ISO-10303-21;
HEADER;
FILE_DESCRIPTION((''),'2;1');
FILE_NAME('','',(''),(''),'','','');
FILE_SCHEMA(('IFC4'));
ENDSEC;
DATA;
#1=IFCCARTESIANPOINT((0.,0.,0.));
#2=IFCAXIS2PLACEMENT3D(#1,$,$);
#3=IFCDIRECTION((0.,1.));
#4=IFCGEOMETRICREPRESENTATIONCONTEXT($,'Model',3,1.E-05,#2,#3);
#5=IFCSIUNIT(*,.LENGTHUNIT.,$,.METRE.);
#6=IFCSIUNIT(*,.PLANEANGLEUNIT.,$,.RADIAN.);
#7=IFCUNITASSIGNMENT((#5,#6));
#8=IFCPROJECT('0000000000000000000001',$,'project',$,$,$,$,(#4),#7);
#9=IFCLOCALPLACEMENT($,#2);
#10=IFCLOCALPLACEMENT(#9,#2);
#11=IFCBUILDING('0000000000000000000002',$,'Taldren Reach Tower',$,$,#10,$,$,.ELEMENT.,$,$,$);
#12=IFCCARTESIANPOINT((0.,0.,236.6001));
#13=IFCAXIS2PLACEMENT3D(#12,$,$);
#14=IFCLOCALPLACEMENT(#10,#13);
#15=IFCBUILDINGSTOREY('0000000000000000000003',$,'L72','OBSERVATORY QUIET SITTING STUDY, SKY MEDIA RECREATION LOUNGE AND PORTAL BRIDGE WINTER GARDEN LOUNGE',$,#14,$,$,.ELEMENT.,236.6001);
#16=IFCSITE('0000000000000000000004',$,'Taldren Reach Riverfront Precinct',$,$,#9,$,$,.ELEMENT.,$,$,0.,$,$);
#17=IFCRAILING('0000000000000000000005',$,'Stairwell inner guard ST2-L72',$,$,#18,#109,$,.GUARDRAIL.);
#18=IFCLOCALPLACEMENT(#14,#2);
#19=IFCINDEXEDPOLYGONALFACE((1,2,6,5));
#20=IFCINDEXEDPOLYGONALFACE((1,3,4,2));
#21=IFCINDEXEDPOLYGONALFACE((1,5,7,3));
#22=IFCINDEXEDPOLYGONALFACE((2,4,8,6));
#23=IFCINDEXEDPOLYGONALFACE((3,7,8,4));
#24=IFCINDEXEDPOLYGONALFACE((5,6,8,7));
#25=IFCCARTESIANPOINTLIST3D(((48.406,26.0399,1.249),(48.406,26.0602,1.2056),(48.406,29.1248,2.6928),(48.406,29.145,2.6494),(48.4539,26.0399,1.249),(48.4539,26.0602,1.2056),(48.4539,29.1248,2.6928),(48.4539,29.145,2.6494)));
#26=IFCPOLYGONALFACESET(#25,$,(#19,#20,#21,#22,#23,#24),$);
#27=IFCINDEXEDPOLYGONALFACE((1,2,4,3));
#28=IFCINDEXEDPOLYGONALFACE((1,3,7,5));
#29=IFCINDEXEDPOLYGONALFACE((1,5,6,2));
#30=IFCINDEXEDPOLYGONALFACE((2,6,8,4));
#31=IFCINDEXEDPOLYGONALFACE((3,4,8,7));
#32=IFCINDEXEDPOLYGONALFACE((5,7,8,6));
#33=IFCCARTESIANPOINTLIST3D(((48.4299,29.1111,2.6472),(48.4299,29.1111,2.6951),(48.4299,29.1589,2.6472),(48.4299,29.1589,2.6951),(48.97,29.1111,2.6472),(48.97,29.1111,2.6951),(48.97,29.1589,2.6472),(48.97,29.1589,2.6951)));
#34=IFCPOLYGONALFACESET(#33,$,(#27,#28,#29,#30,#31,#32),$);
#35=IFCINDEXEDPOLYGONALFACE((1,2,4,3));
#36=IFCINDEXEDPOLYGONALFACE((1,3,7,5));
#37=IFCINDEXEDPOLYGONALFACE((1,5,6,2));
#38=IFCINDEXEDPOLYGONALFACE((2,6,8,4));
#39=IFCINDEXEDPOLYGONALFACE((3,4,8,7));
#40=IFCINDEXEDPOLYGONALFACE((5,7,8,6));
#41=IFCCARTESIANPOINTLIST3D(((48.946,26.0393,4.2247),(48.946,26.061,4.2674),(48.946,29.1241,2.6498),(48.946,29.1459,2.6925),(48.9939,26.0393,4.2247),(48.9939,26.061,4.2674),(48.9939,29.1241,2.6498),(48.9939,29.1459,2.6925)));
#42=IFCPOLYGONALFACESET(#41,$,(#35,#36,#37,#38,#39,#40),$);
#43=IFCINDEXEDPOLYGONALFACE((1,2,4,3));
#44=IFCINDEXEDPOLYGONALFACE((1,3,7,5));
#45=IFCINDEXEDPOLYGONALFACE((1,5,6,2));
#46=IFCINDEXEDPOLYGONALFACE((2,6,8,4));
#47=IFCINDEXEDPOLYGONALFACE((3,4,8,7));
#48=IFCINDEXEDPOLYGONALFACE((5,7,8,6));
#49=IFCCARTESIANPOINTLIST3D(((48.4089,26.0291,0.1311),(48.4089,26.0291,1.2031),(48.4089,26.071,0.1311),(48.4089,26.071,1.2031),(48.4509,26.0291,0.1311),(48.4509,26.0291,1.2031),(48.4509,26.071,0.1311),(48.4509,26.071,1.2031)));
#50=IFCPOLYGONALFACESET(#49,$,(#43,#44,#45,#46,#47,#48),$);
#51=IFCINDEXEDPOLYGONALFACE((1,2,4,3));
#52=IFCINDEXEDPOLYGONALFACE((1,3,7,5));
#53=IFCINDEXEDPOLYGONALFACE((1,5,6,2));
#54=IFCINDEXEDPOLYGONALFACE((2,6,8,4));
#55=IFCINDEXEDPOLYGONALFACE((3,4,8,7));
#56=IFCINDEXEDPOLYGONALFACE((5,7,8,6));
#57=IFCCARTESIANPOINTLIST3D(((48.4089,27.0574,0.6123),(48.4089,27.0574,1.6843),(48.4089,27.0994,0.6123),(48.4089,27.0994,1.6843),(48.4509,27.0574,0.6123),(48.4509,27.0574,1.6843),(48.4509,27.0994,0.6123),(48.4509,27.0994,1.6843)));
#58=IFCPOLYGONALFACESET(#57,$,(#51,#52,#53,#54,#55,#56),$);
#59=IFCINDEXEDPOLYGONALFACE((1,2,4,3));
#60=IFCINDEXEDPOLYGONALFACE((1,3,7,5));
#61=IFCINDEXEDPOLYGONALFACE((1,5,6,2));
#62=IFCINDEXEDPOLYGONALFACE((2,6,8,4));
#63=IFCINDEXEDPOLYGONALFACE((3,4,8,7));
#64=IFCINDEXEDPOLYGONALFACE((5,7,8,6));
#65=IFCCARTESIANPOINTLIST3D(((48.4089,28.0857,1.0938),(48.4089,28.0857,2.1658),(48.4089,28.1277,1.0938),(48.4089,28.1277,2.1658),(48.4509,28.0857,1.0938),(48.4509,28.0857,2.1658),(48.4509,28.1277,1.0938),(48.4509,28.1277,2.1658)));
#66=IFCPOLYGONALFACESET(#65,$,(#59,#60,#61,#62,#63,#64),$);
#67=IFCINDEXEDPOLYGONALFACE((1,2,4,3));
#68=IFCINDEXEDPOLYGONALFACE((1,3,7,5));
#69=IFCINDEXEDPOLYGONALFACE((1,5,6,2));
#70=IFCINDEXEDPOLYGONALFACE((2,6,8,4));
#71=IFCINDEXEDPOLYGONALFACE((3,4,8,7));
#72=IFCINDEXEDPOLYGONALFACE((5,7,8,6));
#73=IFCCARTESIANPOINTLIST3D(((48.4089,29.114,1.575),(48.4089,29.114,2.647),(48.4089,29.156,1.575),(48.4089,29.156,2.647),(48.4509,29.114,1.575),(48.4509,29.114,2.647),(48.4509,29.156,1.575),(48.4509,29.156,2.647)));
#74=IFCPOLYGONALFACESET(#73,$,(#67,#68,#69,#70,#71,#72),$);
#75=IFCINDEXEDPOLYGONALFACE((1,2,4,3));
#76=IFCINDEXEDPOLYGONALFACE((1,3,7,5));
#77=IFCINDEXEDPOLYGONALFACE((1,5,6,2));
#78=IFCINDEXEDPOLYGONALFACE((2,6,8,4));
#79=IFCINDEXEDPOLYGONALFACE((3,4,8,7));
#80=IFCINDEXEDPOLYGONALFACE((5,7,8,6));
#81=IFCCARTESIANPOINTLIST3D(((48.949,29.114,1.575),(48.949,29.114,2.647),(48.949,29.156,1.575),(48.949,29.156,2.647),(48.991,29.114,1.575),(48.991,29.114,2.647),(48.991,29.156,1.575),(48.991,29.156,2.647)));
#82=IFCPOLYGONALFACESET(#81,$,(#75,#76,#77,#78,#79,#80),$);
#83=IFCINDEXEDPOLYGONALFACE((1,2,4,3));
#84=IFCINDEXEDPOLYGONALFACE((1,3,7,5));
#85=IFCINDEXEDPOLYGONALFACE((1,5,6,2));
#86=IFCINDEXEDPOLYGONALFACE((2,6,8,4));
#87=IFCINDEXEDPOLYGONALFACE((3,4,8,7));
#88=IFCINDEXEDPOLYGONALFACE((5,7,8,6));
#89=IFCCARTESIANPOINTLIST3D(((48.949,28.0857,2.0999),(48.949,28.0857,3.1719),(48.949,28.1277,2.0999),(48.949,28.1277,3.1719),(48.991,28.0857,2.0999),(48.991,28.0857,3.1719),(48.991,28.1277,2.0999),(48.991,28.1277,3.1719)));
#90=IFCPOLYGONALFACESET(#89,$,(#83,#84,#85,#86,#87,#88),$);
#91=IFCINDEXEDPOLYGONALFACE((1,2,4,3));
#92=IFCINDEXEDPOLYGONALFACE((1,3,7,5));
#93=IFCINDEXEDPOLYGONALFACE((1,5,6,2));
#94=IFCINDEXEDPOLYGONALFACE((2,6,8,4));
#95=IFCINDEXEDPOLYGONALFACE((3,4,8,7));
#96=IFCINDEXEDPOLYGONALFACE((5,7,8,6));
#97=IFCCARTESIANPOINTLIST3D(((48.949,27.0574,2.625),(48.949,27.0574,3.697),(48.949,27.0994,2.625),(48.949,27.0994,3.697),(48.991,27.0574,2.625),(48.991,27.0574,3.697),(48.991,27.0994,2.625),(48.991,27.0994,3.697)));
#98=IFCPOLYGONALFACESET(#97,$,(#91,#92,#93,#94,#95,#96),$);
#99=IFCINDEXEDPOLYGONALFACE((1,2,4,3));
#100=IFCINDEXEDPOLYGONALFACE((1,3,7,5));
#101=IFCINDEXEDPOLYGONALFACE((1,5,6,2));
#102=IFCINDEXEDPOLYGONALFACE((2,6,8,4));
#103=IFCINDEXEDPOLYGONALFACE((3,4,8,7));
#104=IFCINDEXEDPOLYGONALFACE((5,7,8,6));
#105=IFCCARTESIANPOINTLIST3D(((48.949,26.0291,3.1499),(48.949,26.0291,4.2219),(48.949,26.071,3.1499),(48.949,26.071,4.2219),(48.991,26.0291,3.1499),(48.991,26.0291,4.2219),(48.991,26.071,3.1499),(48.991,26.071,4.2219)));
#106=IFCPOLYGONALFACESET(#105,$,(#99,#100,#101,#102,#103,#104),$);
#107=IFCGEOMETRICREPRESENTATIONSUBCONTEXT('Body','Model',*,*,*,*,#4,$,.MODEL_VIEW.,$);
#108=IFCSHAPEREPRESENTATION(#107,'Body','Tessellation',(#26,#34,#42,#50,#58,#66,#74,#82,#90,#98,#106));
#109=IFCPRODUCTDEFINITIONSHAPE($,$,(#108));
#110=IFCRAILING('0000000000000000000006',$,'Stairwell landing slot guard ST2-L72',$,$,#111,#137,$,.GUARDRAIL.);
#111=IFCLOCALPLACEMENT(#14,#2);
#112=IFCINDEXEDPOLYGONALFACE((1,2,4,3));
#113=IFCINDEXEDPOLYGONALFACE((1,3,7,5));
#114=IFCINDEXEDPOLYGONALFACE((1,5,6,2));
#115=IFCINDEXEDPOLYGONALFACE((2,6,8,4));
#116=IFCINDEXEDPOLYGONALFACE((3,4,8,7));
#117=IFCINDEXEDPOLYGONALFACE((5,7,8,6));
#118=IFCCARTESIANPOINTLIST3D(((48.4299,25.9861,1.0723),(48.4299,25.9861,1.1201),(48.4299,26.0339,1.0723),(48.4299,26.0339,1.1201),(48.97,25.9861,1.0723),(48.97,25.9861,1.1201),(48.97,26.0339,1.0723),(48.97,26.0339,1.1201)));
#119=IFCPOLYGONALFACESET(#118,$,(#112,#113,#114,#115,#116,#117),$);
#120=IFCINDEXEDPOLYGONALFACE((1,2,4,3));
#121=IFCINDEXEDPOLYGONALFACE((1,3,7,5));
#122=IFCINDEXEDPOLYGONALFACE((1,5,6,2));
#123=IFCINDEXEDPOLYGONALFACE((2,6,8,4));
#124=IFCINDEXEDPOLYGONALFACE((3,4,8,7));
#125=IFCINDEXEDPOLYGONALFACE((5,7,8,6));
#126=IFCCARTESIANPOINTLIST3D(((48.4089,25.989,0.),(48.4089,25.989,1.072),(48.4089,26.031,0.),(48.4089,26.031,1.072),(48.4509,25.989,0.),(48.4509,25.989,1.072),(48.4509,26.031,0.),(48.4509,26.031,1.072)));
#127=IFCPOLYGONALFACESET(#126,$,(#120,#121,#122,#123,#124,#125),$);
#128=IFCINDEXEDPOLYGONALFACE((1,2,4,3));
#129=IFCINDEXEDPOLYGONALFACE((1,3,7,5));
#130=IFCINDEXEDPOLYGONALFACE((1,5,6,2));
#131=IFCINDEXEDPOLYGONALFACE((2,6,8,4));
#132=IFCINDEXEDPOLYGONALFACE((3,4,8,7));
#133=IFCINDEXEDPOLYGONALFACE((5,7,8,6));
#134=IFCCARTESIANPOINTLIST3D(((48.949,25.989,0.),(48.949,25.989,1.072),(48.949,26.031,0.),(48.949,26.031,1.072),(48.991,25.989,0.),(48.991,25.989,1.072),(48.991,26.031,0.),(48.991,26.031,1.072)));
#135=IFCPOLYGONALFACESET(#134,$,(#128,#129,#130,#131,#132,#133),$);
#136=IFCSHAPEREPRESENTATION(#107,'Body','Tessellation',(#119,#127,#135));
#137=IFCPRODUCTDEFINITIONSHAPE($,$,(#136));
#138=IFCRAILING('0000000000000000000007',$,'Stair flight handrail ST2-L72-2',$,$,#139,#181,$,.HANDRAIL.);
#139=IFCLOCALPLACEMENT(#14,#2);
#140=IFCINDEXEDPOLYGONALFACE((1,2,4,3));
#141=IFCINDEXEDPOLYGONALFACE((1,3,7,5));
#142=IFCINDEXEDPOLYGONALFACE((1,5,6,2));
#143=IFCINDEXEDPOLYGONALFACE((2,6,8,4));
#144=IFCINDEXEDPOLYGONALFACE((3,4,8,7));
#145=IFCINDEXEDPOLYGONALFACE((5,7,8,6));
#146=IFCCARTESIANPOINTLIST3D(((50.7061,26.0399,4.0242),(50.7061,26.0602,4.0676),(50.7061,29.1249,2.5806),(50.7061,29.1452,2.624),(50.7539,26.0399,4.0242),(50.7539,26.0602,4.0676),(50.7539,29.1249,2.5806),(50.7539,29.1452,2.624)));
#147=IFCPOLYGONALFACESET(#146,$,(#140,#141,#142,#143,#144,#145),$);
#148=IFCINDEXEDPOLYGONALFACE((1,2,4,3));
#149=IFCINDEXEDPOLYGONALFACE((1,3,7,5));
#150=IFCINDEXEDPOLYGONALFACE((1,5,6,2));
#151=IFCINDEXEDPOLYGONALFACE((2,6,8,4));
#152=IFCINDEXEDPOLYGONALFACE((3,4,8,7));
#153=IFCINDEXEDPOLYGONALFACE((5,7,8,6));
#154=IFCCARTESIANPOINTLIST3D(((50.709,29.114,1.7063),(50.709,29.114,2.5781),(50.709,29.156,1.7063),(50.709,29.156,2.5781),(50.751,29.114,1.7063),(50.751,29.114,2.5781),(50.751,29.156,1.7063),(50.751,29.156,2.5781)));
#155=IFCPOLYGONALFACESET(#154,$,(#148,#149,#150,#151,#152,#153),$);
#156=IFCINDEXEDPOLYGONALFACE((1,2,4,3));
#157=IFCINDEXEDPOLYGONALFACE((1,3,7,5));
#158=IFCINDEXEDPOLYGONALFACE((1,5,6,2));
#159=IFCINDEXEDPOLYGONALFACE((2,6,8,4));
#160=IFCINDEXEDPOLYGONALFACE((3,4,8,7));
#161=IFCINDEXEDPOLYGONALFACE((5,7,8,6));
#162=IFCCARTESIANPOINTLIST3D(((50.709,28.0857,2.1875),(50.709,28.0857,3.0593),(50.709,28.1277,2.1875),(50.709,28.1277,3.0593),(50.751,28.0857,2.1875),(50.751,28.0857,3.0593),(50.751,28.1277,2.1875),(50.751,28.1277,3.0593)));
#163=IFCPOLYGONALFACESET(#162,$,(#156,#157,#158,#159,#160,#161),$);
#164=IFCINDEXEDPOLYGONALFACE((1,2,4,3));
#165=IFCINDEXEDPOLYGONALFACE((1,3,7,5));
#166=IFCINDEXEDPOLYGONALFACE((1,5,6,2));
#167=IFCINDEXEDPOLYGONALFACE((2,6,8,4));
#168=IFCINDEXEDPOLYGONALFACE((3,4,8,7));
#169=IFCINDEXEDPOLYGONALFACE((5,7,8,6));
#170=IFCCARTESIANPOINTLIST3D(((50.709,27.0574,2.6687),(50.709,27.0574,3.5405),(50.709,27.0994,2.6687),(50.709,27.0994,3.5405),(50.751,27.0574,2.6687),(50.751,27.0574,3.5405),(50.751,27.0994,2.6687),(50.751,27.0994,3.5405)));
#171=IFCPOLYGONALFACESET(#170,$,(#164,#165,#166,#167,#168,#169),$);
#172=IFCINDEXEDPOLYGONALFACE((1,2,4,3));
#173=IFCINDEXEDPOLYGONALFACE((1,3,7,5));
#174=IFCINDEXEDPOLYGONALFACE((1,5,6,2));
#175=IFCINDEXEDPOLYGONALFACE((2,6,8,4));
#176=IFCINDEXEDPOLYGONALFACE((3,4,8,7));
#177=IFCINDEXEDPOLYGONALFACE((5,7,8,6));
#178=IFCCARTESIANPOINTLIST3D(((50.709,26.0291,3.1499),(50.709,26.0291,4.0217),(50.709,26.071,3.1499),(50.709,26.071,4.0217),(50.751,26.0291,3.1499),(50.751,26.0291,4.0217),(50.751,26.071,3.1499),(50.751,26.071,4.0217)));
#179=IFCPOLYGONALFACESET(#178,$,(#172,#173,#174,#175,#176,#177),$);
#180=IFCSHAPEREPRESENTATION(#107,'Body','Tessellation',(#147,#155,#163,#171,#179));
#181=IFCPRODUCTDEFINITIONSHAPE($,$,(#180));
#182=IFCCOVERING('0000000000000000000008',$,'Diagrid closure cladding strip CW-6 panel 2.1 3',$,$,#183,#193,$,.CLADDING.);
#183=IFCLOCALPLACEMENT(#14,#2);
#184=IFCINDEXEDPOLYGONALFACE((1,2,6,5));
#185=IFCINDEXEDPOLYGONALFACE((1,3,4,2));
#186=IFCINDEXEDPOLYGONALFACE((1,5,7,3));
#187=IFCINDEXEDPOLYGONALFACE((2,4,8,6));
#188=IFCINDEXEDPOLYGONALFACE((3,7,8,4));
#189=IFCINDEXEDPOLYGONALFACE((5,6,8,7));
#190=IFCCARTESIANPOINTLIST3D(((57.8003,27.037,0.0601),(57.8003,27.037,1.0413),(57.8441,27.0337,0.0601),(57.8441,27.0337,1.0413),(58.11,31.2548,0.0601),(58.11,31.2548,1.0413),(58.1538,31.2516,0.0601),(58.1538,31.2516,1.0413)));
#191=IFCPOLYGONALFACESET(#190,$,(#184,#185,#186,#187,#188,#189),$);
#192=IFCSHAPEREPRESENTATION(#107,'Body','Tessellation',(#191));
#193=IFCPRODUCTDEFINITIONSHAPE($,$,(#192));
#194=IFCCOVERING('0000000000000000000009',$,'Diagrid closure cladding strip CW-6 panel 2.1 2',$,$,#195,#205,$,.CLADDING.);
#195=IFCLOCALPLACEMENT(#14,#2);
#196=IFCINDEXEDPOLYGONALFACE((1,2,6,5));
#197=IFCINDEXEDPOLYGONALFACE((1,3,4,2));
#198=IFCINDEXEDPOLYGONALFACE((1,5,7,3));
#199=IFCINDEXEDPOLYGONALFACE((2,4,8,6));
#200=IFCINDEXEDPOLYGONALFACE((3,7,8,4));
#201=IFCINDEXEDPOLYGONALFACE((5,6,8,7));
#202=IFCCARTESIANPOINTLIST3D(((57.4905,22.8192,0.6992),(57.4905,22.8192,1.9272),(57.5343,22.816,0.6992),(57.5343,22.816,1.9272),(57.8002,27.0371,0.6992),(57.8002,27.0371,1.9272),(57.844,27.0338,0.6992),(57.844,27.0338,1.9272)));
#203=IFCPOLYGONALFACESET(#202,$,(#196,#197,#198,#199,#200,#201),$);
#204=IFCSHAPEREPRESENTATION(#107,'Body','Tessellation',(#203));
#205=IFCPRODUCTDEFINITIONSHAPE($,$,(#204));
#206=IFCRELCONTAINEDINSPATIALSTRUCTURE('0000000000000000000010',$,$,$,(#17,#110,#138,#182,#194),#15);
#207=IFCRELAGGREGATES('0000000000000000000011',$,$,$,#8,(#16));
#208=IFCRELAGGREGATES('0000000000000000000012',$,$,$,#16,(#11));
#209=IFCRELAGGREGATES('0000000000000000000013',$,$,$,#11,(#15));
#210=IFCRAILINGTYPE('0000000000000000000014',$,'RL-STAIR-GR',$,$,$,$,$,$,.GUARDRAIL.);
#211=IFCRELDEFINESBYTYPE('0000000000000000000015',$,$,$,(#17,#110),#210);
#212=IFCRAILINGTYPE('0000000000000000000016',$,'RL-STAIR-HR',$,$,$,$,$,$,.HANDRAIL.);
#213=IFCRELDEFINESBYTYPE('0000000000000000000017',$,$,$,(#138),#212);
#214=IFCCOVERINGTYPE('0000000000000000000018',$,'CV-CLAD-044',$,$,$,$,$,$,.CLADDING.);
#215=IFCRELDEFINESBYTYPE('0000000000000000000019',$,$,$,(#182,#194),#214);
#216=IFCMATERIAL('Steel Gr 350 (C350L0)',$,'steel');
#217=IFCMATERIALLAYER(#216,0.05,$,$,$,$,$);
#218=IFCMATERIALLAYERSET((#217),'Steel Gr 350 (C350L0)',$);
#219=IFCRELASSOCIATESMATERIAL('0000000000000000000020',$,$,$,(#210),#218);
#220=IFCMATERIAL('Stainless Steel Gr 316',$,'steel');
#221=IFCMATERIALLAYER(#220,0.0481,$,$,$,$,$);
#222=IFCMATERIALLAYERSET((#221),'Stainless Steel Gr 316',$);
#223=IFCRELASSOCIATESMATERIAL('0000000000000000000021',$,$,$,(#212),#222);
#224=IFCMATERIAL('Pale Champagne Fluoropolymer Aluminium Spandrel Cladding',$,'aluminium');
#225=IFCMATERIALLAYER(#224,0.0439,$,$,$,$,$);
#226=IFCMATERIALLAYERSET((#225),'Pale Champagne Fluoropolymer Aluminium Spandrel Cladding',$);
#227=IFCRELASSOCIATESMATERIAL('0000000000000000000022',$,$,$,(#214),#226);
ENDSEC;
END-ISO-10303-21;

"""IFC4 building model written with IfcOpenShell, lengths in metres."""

from ifc_helpers import new_model, si_unit, direction, frame, origin, origin_2d, place, context, subcontext, project, spatial, rectangle, extrude, source, transform, mapped, material, layer, layer_set, type_object, element, save


model = new_model("IFC4")

# Units and contexts
model_context = context("Model", 3, precision=1e-05, world=origin(), true_north=direction((0.0, 1.0)))
body_context = subcontext(model_context, "Body", "Model", "MODEL_VIEW")
ifc_project = project(units=[si_unit("LENGTHUNIT", "METRE"), si_unit("PLANEANGLEUNIT", "RADIAN")], contexts=[model_context])

# Site, building, storey
site_placement = place(None, origin())
site = spatial("IfcSite", under=ifc_project, at=site_placement, Name="Taldren Reach Riverfront Precinct", CompositionType="ELEMENT", RefElevation=0.0)
building_placement = place(site_placement, origin())
building = spatial("IfcBuilding", under=site, at=building_placement, Name="Taldren Reach Tower", CompositionType="ELEMENT")
storey_placement = place(building_placement, frame((0.0, 0.0, 236.6001)))
storey = spatial("IfcBuildingStorey", under=building, at=storey_placement, Name="L72", Description="OBSERVATORY QUIET SITTING STUDY, SKY MEDIA RECREATION LOUNGE AND PORTAL BRIDGE WINTER GARDEN LOUNGE", CompositionType="ELEMENT", Elevation=236.6001)

# Shared definitions
ifc_material_1 = material(Name="Steel Gr 350 (C350L0)", Category="steel")

# Railings
ifc_layer_1 = layer(ifc_material_1, 0.05)
ifc_layer_set_1 = layer_set([ifc_layer_1], Name="Steel Gr 350 (C350L0)")
railing_type_1 = type_object("IfcRailingType", Name="RL-STAIR-GR", PredefinedType="GUARDRAIL", material=ifc_layer_set_1)
railing_1_placement = place(storey_placement, frame((48.4299, 26.05, 0.1311)))
element("IfcRailing", 1, at=railing_1_placement, inside=storey, type_object=railing_type_1, Name="Stairwell inner guard ST2-L72", PredefinedType="GUARDRAIL", context=body_context, shape_type="SweptSolid", body=[
    extrude(rectangle(XDim=0.0479, YDim=0.0479, at=origin_2d()), frame((0.0, 0.0, 1.0962), z_axis=(0.0, 0.90571, 0.423898), x_axis=(-1.0, 0.0, 0.0)), (0.0, 0.0, 1.0), 3.406),
    extrude(rectangle(XDim=0.0479, YDim=0.0479, at=origin_2d()), frame((0.0, 3.085, 2.54), z_axis=(1.0, 0.0, 0.0), x_axis=(0.0, 1.0, 0.0)), (0.0, 0.0, 1.0), 0.54),
    extrude(rectangle(XDim=0.0479, YDim=0.0479, at=origin_2d()), frame((0.54, 3.085, 2.54), z_axis=(0.0, -0.890646, 0.454697), x_axis=(1.0, 0.0, 0.0)), (0.0, 0.0, 1.0), 3.4636),
    extrude(rectangle(XDim=0.042, YDim=0.042, at=origin_2d()), origin(), (0.0, 0.0, 1.0), 1.072),
    extrude(rectangle(XDim=0.042, YDim=0.042, at=origin_2d()), frame((0.0, 1.0283, 0.4812)), (0.0, 0.0, 1.0), 1.072),
    extrude(rectangle(XDim=0.042, YDim=0.042, at=origin_2d()), frame((0.0, 2.0566, 0.9626)), (0.0, 0.0, 1.0), 1.072),
    extrude(rectangle(XDim=0.042, YDim=0.042, at=origin_2d()), frame((0.0, 3.085, 1.4438)), (0.0, 0.0, 1.0), 1.072),
    extrude(rectangle(XDim=0.042, YDim=0.042, at=origin_2d()), frame((0.54, 3.085, 1.4438)), (0.0, 0.0, 1.0), 1.072),
    extrude(rectangle(XDim=0.042, YDim=0.042, at=origin_2d()), frame((0.54, 2.0566, 1.9688)), (0.0, 0.0, 1.0), 1.072),
    extrude(rectangle(XDim=0.042, YDim=0.042, at=origin_2d()), frame((0.54, 1.0283, 2.4939)), (0.0, 0.0, 1.0), 1.072),
    extrude(rectangle(XDim=0.042, YDim=0.042, at=origin_2d()), frame((0.54, 0.0, 3.0188)), (0.0, 0.0, 1.0), 1.072),
])
railing_2_placement = place(storey_placement, frame((48.4299, 26.01, 0.0)))
element("IfcRailing", 2, at=railing_2_placement, inside=storey, type_object=railing_type_1, Name="Stairwell landing slot guard ST2-L72", PredefinedType="GUARDRAIL", context=body_context, shape_type="SweptSolid", body=[
    extrude(rectangle(XDim=0.0479, YDim=0.0479, at=origin_2d()), frame((0.0, 0.0, 1.0962), z_axis=(1.0, 0.0, 0.0), x_axis=(0.0, 1.0, 0.0)), (0.0, 0.0, 1.0), 0.54),
    extrude(rectangle(XDim=0.042, YDim=0.042, at=origin_2d()), origin(), (0.0, 0.0, 1.0), 1.072),
    extrude(rectangle(XDim=0.042, YDim=0.042, at=origin_2d()), frame((0.54, 0.0, 0.0)), (0.0, 0.0, 1.0), 1.072),
])
ifc_material_2 = material(Name="Stainless Steel Gr 316", Category="steel")
ifc_layer_2 = layer(ifc_material_2, 0.0481)
ifc_layer_set_2 = layer_set([ifc_layer_2], Name="Stainless Steel Gr 316")
railing_type_2 = type_object("IfcRailingType", Name="RL-STAIR-HR", PredefinedType="HANDRAIL", material=ifc_layer_set_2)
railing_3_placement = place(storey_placement, frame((50.73, 29.135, 1.7063)))
element("IfcRailing", 3, at=railing_3_placement, inside=storey, type_object=railing_type_2, Name="Stair flight handrail ST2-L72-2", PredefinedType="HANDRAIL", context=body_context, shape_type="SweptSolid", body=[
    extrude(rectangle(XDim=0.0479, YDim=0.0479, at=origin_2d()), frame((0.0, 0.0, 0.896), z_axis=(0.0, -0.905738, 0.423839), x_axis=(1.0, 0.0, 0.0)), (0.0, 0.0, 1.0), 3.406),
    extrude(rectangle(XDim=0.042, YDim=0.042, at=origin_2d()), origin(), (0.0, 0.0, 1.0), 0.8718),
    extrude(rectangle(XDim=0.042, YDim=0.042, at=origin_2d()), frame((0.0, -1.0283, 0.4812)), (0.0, 0.0, 1.0), 0.8718),
    extrude(rectangle(XDim=0.042, YDim=0.042, at=origin_2d()), frame((0.0, -2.0566, 0.9624)), (0.0, 0.0, 1.0), 0.8718),
    extrude(rectangle(XDim=0.042, YDim=0.042, at=origin_2d()), frame((0.0, -3.085, 1.4436)), (0.0, 0.0, 1.0), 0.8718),
])

# Coverings
ifc_material_3 = material(Name="Pale Champagne Fluoropolymer Aluminium Spandrel Cladding", Category="aluminium")
ifc_layer_3 = layer(ifc_material_3, 0.0439)
ifc_layer_set_3 = layer_set([ifc_layer_3], Name="Pale Champagne Fluoropolymer Aluminium Spandrel Cladding")
covering_type = type_object("IfcCoveringType", Name="CV-CLAD-044", PredefinedType="CLADDING", material=ifc_layer_set_3)
shared_shape_1 = source(origin(), body_context, "Body", "SweptSolid", [
    extrude(rectangle(XDim=4.2292, YDim=0.0439, at=origin_2d()), origin(), (0.0, 0.0, 1.0), 0.9812),
])
covering_1_placement = place(storey_placement, frame((57.9771, 29.1443, 0.0601), z_axis=(0.0, 0.0, 1.0), x_axis=(0.073238, 0.997314, 0.0)))
element("IfcCovering", 4, at=covering_1_placement, inside=storey, type_object=covering_type, Name="Diagrid closure cladding strip CW-6 panel 2.1 3", PredefinedType="CLADDING", context=body_context, shape_type="MappedRepresentation", body=[
    mapped(shared_shape_1, transform((0.0, 0.0, 0.0), scale=1.0)),
])
shared_shape_2 = source(origin(), body_context, "Body", "SweptSolid", [
    extrude(rectangle(XDim=4.2292, YDim=0.0439, at=origin_2d()), origin(), (0.0, 0.0, 1.0), 1.228),
])
covering_2_placement = place(storey_placement, frame((57.6672, 24.9265, 0.6992), z_axis=(0.0, 0.0, 1.0), x_axis=(0.073238, 0.997314, 0.0)))
element("IfcCovering", 5, at=covering_2_placement, inside=storey, type_object=covering_type, Name="Diagrid closure cladding strip CW-6 panel 2.1 2", PredefinedType="CLADDING", context=body_context, shape_type="MappedRepresentation", body=[
    mapped(shared_shape_2, transform((0.0, 0.0, 0.0), scale=1.0)),
])

save(model, "model.ifc")
